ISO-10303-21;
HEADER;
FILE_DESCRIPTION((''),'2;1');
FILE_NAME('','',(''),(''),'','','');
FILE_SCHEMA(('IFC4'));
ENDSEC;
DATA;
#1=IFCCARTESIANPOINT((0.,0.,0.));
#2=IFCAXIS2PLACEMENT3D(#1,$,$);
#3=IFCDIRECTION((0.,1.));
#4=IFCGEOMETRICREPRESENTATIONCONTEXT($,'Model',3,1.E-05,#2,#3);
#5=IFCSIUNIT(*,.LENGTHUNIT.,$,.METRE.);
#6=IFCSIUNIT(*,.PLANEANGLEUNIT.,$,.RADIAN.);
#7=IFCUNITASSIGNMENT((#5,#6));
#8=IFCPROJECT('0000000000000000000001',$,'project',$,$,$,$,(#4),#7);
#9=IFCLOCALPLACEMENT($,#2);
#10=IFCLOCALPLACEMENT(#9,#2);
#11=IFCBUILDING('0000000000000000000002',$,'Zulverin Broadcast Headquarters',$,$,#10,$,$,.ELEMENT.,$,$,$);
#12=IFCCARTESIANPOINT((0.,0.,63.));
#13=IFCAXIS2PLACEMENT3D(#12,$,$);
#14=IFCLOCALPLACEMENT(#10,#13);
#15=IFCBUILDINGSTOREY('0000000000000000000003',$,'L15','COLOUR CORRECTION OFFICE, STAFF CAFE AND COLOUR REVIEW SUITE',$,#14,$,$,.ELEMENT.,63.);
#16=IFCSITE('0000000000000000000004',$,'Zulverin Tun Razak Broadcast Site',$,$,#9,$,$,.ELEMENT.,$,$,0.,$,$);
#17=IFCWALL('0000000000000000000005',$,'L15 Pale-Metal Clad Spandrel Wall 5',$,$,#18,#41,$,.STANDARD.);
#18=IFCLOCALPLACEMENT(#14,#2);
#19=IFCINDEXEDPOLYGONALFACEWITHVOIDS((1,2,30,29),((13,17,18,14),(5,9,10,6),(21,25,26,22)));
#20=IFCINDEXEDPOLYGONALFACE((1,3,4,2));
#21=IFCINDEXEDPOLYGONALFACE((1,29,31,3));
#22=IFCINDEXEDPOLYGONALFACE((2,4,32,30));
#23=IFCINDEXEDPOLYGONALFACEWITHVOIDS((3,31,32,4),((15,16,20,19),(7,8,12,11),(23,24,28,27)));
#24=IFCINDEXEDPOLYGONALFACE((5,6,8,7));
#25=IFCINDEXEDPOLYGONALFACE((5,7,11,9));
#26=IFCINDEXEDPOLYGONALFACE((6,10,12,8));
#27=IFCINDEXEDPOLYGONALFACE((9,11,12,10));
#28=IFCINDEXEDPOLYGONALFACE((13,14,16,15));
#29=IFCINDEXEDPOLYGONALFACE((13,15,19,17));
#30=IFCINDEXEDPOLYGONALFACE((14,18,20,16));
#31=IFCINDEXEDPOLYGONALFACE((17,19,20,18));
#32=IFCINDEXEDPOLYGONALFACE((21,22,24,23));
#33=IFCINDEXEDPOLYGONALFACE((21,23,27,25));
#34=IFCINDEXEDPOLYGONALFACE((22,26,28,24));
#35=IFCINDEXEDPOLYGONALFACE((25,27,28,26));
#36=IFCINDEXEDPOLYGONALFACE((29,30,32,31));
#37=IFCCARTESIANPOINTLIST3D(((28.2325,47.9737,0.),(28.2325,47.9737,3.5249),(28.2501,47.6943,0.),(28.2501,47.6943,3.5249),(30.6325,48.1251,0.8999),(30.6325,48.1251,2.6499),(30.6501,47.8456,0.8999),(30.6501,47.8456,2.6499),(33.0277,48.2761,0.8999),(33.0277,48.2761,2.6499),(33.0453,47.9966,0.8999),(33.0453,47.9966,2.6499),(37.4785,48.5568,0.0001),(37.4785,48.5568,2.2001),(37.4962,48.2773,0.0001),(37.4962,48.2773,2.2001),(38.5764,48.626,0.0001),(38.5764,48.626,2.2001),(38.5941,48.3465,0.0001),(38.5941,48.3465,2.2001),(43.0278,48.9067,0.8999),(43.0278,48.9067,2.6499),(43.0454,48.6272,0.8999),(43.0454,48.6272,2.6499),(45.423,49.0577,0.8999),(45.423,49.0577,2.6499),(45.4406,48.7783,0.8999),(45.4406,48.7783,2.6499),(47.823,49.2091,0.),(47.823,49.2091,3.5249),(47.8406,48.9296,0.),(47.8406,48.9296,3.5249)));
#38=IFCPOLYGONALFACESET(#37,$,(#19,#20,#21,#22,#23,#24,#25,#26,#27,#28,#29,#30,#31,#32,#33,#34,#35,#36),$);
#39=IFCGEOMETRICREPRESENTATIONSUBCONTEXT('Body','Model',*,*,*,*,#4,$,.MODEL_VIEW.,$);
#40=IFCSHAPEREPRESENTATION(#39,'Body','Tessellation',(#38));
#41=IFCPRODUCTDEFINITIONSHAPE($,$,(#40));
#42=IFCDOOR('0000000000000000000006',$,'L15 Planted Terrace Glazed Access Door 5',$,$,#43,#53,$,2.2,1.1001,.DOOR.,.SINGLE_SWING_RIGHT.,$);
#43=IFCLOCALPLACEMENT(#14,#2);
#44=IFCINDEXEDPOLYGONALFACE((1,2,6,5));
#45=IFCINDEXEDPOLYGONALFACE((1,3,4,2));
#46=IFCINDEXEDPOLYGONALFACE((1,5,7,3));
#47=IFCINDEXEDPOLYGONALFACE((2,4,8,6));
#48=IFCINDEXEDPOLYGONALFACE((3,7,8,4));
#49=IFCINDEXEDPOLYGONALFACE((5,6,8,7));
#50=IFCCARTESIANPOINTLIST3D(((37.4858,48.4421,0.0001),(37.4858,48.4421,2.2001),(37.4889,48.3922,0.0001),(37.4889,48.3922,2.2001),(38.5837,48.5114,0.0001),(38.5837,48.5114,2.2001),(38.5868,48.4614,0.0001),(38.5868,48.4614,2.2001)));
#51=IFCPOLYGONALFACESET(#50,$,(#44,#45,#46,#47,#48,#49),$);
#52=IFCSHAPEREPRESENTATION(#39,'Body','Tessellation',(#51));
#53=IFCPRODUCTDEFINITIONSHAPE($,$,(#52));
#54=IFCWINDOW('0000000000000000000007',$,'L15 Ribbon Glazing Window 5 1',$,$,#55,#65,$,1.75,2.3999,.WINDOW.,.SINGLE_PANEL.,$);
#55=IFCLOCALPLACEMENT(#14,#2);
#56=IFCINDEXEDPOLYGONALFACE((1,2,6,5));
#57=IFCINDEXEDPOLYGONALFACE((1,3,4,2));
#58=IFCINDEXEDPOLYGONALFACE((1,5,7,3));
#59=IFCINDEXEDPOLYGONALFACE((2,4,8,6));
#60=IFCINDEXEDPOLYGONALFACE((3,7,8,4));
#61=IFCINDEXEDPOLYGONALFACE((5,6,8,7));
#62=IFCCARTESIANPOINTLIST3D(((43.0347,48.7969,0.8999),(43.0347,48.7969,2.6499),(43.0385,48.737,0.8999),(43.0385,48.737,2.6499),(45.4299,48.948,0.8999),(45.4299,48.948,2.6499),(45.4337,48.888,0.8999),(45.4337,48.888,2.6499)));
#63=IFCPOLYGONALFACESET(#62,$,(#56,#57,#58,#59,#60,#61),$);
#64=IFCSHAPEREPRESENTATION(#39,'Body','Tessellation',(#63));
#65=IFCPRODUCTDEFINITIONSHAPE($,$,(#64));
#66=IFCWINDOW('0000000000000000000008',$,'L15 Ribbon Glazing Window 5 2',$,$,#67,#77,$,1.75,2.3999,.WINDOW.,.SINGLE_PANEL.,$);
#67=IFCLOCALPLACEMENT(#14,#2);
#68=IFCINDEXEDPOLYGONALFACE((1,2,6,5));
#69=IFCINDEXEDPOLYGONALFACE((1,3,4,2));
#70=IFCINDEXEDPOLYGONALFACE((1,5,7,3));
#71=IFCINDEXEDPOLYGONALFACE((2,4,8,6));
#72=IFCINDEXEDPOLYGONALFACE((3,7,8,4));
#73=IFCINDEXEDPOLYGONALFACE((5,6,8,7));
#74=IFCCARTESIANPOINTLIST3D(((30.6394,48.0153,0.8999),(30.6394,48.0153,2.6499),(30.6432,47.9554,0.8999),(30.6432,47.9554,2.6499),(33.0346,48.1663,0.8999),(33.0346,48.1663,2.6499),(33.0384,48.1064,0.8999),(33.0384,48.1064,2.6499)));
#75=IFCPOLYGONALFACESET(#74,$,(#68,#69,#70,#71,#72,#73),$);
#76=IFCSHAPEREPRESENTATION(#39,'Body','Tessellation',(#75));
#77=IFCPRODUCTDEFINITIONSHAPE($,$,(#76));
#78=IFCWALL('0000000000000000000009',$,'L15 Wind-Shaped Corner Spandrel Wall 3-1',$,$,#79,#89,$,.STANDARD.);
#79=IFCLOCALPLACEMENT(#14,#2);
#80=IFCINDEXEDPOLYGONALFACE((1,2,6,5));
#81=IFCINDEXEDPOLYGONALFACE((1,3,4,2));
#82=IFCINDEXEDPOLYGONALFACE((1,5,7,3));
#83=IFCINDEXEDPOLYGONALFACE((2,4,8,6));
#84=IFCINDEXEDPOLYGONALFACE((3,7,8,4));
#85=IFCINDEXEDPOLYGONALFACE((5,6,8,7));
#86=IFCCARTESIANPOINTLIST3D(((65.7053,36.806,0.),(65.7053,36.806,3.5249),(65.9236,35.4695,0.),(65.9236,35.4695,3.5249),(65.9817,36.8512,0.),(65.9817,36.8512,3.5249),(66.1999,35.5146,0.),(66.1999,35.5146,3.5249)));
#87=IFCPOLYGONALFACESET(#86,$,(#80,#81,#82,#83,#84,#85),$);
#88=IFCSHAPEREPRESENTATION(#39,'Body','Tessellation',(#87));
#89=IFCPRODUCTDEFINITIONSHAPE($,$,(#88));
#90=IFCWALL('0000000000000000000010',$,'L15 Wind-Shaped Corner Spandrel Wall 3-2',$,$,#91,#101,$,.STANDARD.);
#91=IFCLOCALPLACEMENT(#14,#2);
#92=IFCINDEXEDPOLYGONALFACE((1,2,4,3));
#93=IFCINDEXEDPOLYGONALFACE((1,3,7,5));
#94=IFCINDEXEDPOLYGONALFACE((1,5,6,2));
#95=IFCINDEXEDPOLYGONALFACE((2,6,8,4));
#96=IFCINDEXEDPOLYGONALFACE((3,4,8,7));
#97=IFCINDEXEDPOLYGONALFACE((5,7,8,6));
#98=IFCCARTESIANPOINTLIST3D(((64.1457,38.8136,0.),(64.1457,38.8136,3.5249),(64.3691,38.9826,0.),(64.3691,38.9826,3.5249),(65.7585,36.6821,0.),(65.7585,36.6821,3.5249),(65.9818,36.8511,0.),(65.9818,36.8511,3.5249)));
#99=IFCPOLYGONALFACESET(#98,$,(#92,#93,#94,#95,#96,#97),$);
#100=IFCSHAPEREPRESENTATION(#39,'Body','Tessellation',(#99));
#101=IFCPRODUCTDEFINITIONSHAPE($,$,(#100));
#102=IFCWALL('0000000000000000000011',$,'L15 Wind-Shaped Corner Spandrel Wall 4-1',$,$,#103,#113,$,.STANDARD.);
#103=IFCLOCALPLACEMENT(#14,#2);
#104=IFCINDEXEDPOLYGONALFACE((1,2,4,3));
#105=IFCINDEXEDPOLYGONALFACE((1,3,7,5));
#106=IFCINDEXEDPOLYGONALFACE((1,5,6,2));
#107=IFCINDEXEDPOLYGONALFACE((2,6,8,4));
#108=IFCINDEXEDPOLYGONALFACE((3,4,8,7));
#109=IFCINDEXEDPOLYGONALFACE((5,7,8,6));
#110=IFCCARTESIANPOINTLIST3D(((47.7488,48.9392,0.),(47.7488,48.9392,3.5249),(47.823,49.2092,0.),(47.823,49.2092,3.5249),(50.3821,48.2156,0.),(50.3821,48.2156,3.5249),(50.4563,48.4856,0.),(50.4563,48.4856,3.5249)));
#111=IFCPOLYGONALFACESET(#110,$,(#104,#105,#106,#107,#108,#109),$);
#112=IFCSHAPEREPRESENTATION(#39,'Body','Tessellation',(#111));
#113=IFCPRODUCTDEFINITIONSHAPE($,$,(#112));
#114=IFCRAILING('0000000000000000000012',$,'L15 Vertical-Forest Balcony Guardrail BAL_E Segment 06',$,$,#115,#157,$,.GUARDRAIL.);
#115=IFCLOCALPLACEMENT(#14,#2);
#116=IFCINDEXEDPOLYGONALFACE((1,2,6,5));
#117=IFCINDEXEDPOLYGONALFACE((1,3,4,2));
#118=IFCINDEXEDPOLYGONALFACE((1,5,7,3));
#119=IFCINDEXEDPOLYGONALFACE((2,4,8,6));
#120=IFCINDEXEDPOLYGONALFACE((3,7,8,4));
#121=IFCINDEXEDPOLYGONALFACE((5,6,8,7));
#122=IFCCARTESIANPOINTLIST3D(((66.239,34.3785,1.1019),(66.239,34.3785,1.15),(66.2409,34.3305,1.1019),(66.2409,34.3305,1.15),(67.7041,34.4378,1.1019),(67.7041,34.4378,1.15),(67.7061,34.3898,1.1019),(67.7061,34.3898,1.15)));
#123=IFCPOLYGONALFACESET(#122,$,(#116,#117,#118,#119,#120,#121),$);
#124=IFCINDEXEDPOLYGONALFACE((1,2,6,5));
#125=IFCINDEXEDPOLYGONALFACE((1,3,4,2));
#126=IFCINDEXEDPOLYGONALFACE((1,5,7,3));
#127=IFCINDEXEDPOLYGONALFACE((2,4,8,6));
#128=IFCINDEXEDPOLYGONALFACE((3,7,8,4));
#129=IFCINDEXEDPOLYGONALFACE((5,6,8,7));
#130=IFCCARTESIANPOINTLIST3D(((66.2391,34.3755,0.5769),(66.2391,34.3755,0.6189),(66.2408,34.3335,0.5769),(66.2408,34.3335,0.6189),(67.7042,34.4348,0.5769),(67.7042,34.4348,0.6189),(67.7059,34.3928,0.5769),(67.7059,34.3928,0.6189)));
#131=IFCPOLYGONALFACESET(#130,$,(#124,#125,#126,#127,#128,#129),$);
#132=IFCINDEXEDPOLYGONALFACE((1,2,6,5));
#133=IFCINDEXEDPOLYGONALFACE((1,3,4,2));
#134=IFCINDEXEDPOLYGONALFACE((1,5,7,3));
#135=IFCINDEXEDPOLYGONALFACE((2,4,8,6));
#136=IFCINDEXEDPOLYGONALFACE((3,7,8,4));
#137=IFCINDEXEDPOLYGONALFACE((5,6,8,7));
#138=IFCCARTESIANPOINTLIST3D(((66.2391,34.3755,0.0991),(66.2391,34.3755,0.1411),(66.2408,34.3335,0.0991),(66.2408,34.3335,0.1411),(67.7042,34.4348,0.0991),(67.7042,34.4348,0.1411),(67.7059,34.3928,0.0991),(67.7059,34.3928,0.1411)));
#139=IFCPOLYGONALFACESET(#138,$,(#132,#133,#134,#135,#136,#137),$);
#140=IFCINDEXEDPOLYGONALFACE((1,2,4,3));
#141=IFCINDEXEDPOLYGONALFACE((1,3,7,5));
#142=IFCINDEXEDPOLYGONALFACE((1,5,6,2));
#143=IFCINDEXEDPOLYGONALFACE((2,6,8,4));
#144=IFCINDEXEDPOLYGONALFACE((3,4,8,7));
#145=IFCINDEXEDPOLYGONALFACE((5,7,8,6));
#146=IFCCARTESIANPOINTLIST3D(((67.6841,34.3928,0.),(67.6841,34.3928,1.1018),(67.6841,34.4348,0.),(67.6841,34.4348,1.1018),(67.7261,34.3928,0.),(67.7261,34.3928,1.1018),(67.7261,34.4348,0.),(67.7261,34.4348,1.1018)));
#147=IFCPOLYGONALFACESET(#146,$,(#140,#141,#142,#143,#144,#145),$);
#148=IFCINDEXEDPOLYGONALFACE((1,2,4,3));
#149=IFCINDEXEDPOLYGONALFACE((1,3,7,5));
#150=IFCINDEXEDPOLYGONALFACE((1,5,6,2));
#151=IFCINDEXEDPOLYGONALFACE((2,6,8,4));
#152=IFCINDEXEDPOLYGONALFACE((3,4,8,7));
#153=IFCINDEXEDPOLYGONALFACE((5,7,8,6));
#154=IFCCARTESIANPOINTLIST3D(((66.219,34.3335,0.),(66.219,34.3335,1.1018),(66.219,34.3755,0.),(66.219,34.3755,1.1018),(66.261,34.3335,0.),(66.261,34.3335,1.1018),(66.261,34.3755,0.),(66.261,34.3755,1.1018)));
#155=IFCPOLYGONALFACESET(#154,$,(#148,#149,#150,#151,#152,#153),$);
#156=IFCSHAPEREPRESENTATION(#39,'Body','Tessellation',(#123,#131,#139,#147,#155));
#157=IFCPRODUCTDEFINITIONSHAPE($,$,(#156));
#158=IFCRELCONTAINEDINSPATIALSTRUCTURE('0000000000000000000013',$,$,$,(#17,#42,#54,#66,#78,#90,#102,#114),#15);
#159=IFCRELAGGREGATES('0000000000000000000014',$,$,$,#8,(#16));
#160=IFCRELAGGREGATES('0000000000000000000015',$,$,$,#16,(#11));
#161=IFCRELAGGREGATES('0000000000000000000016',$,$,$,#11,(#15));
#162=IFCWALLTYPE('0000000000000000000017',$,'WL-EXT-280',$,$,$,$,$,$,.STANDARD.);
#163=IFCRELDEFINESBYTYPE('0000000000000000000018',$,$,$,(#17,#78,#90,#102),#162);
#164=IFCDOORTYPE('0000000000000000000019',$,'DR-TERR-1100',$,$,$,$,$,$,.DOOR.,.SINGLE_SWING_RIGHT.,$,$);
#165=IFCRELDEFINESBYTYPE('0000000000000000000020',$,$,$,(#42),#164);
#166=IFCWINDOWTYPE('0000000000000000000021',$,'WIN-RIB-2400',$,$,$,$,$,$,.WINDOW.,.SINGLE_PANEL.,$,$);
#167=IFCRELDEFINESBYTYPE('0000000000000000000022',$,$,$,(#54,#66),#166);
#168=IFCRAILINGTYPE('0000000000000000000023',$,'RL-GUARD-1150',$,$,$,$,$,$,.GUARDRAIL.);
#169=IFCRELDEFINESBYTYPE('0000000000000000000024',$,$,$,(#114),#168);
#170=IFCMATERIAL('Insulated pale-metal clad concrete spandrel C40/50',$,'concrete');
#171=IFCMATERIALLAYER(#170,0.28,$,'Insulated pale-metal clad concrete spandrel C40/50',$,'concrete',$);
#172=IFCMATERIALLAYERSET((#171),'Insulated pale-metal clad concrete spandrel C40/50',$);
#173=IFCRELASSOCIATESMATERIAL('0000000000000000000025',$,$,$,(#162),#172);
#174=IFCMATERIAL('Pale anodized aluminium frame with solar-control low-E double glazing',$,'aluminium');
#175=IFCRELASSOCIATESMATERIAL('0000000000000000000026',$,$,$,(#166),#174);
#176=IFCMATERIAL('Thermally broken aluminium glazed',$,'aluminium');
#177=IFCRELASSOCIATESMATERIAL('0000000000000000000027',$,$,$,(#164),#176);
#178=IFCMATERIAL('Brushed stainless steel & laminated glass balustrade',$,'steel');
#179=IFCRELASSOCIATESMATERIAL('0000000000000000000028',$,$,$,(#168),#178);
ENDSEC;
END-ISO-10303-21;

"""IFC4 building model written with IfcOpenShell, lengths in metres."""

from ifc_helpers import new_model, si_unit, direction, frame, frame_2d, origin, origin_2d, place, context, subcontext, project, spatial, rectangle, extrude, material, layer, layer_set, type_object, element, fill, save


model = new_model("IFC4")

# Units and contexts
model_context = context("Model", 3, precision=1e-05, world=origin(), true_north=direction((0.0, 1.0)))
body_context = subcontext(model_context, "Body", "Model", "MODEL_VIEW")
ifc_project = project(units=[si_unit("LENGTHUNIT", "METRE"), si_unit("PLANEANGLEUNIT", "RADIAN")], contexts=[model_context])

# Site, building, storey
site_placement = place(None, origin())
site = spatial("IfcSite", under=ifc_project, at=site_placement, Name="Zulverin Tun Razak Broadcast Site", CompositionType="ELEMENT", RefElevation=0.0)
building_placement = place(site_placement, origin())
building = spatial("IfcBuilding", under=site, at=building_placement, Name="Zulverin Broadcast Headquarters", CompositionType="ELEMENT")
storey_placement = place(building_placement, frame((0.0, 0.0, 63.0)))
storey = spatial("IfcBuildingStorey", under=building, at=storey_placement, Name="L15", Description="COLOUR CORRECTION OFFICE, STAFF CAFE AND COLOUR REVIEW SUITE", CompositionType="ELEMENT", Elevation=63.0)

# Shared definitions
ifc_material_1 = material(Name="Insulated pale-metal clad concrete spandrel C40/50", Category="concrete")
ifc_layer_1 = layer(ifc_material_1, 0.28, Name="Insulated pale-metal clad concrete spandrel C40/50", Category="concrete")
ifc_layer_set_1 = layer_set([ifc_layer_1], Name="Insulated pale-metal clad concrete spandrel C40/50")
wall_type = type_object("IfcWallType", Name="WL-EXT-280", PredefinedType="STANDARD", material=ifc_layer_set_1)
ifc_material_2 = material(Name="Pale anodized aluminium frame with solar-control low-E double glazing", Category="aluminium")
window_type = type_object("IfcWindowType", Name="WIN-RIB-2400", PartitioningType="SINGLE_PANEL", PredefinedType="WINDOW", material=ifc_material_2)

# Wall, openings, door, windows
wall_1_placement = place(storey_placement, frame((47.8318, 49.0693, 0.0), z_axis=(0.0, 0.0, 1.0), x_axis=(-0.998018, -0.062933, 0.0)))
wall_1 = element("IfcWall", 1, at=wall_1_placement, inside=storey, type_object=wall_type, Name="L15 Pale-Metal Clad Spandrel Wall 5", PredefinedType="STANDARD", context=body_context, shape_type="SweptSolid", body=[
    extrude(rectangle(XDim=19.6294, YDim=0.28, at=frame_2d((9.8147, 0.0))), origin(), (0.0, 0.0, 1.0), 3.5249),
])
opening_1_placement = place(wall_1_placement, frame((9.2649, 0.0, 0.0)))
opening_1 = element("IfcOpeningElement", 2, at=opening_1_placement, cuts=wall_1, PredefinedType="OPENING", context=body_context, shape_type="SweptSolid", body=[
    extrude(rectangle(XDim=1.1001, YDim=2.2, at=frame_2d((0.55, 1.1001))), frame((0.0, 0.1499, 0.0), z_axis=(0.0, -1.0, 0.0), x_axis=(1.0, 0.0, 0.0)), (0.0, 0.0, 1.0), 0.3),
])
opening_2_placement = place(wall_1_placement, frame((2.4048, 0.0, 0.8999)))
opening_2 = element("IfcOpeningElement", 3, at=opening_2_placement, cuts=wall_1, PredefinedType="OPENING", context=body_context, shape_type="SweptSolid", body=[
    extrude(rectangle(XDim=2.3999, YDim=1.75, at=frame_2d((1.2, 0.875))), frame((0.0, 0.1499, 0.0), z_axis=(0.0, -1.0, 0.0), x_axis=(1.0, 0.0, 0.0)), (0.0, 0.0, 1.0), 0.3),
])
opening_3_placement = place(wall_1_placement, frame((14.8247, 0.0, 0.8999)))
opening_3 = element("IfcOpeningElement", 4, at=opening_3_placement, cuts=wall_1, PredefinedType="OPENING", context=body_context, shape_type="SweptSolid", body=[
    extrude(rectangle(XDim=2.3999, YDim=1.75, at=frame_2d((1.2, 0.875))), frame((0.0, 0.1499, 0.0), z_axis=(0.0, -1.0, 0.0), x_axis=(1.0, 0.0, 0.0)), (0.0, 0.0, 1.0), 0.3),
])
ifc_material_3 = material(Name="Thermally broken aluminium glazed", Category="aluminium")
door_type = type_object("IfcDoorType", Name="DR-TERR-1100", OperationType="SINGLE_SWING_RIGHT", PredefinedType="DOOR", material=ifc_material_3)
door_placement = place(opening_1_placement, origin())
door = element("IfcDoor", 5, at=door_placement, inside=storey, type_object=door_type, Name="L15 Planted Terrace Glazed Access Door 5", OperationType="SINGLE_SWING_RIGHT", OverallHeight=2.2, OverallWidth=1.1001, PredefinedType="DOOR", context=body_context, shape_type="SweptSolid", body=[
    extrude(rectangle(XDim=1.1001, YDim=2.2, at=frame_2d((0.55, 1.1001))), frame((0.0, 0.0249, 0.0), z_axis=(0.0, -1.0, 0.0), x_axis=(1.0, 0.0, 0.0)), (0.0, 0.0, 1.0), 0.05),
])
fill(opening_1, door)
window_1_placement = place(opening_2_placement, origin())
window_1 = element("IfcWindow", 6, at=window_1_placement, inside=storey, type_object=window_type, Name="L15 Ribbon Glazing Window 5 1", OverallHeight=1.75, OverallWidth=2.3999, PartitioningType="SINGLE_PANEL", PredefinedType="WINDOW", context=body_context, shape_type="SweptSolid", body=[
    extrude(rectangle(XDim=2.3999, YDim=1.75, at=frame_2d((1.2, 0.875))), frame((0.0, 0.03, 0.0), z_axis=(0.0, -1.0, 0.0), x_axis=(1.0, 0.0, 0.0)), (0.0, 0.0, 1.0), 0.0601),
])
fill(opening_2, window_1)
window_2_placement = place(opening_3_placement, origin())
window_2 = element("IfcWindow", 7, at=window_2_placement, inside=storey, type_object=window_type, Name="L15 Ribbon Glazing Window 5 2", OverallHeight=1.75, OverallWidth=2.3999, PartitioningType="SINGLE_PANEL", PredefinedType="WINDOW", context=body_context, shape_type="SweptSolid", body=[
    extrude(rectangle(XDim=2.3999, YDim=1.75, at=frame_2d((1.2, 0.875))), frame((0.0, 0.03, 0.0), z_axis=(0.0, -1.0, 0.0), x_axis=(1.0, 0.0, 0.0)), (0.0, 0.0, 1.0), 0.0601),
])
fill(opening_3, window_2)

# Walls
wall_2_placement = place(storey_placement, frame((66.0618, 35.4919, 0.0), z_axis=(0.0, 0.0, 1.0), x_axis=(-0.161182, 0.986925, 0.0)))
element("IfcWall", 8, at=wall_2_placement, inside=storey, type_object=wall_type, Name="L15 Wind-Shaped Corner Spandrel Wall 3-1", PredefinedType="STANDARD", context=body_context, shape_type="SweptSolid", body=[
    extrude(rectangle(XDim=1.3542, YDim=0.28, at=frame_2d((0.6772, 0.0))), origin(), (0.0, 0.0, 1.0), 3.5249),
])
wall_3_placement = place(storey_placement, frame((65.8701, 36.7666, 0.0), z_axis=(0.0, 0.0, 1.0), x_axis=(-0.60337, 0.797461, 0.0)))
element("IfcWall", 9, at=wall_3_placement, inside=storey, type_object=wall_type, Name="L15 Wind-Shaped Corner Spandrel Wall 3-2", PredefinedType="STANDARD", context=body_context, shape_type="SweptSolid", body=[
    extrude(rectangle(XDim=2.6729, YDim=0.28, at=frame_2d((1.3364, 0.0))), origin(), (0.0, 0.0, 1.0), 3.5249),
])
wall_4_placement = place(storey_placement, frame((50.4192, 48.3506, 0.0), z_axis=(0.0, 0.0, 1.0), x_axis=(-0.964255, 0.264978, 0.0)))
element("IfcWall", 10, at=wall_4_placement, inside=storey, type_object=wall_type, Name="L15 Wind-Shaped Corner Spandrel Wall 4-1", PredefinedType="STANDARD", context=body_context, shape_type="SweptSolid", body=[
    extrude(rectangle(XDim=2.731, YDim=0.28, at=frame_2d((1.3655, 0.0))), origin(), (0.0, 0.0, 1.0), 3.5249),
])

# Railing
ifc_material_4 = material(Name="Brushed stainless steel & laminated glass balustrade", Category="steel")
railing_type = type_object("IfcRailingType", Name="RL-GUARD-1150", PredefinedType="GUARDRAIL", material=ifc_material_4)
railing_1_placement = place(storey_placement, frame((67.7051, 34.4138, 0.0)))
element("IfcRailing", 11, at=railing_1_placement, inside=storey, type_object=railing_type, Name="L15 Vertical-Forest Balcony Guardrail BAL_E Segment 06", PredefinedType="GUARDRAIL", context=body_context, shape_type="SweptSolid", body=[
    extrude(rectangle(XDim=0.0481, YDim=0.0481, at=origin_2d()), frame((0.0, 0.0, 1.126), z_axis=(-0.999181, -0.04046, 0.0), x_axis=(0.04046, -0.999181, 0.0)), (0.0, 0.0, 1.0), 1.4663),
    extrude(rectangle(XDim=0.042, YDim=0.042, at=origin_2d()), frame((0.0, 0.0, 0.5979), z_axis=(-0.999181, -0.04046, 0.0), x_axis=(0.04046, -0.999181, 0.0)), (0.0, 0.0, 1.0), 1.4663),
    extrude(rectangle(XDim=0.042, YDim=0.042, at=origin_2d()), frame((0.0, 0.0, 0.1201), z_axis=(-0.999181, -0.04046, 0.0), x_axis=(0.04046, -0.999181, 0.0)), (0.0, 0.0, 1.0), 1.4663),
    extrude(rectangle(XDim=0.042, YDim=0.042, at=origin_2d()), origin(), (0.0, 0.0, 1.0), 1.1018),
    extrude(rectangle(XDim=0.042, YDim=0.042, at=origin_2d()), frame((-1.4651, -0.0593, 0.0)), (0.0, 0.0, 1.0), 1.1018),
])

save(model, "model.ifc")
